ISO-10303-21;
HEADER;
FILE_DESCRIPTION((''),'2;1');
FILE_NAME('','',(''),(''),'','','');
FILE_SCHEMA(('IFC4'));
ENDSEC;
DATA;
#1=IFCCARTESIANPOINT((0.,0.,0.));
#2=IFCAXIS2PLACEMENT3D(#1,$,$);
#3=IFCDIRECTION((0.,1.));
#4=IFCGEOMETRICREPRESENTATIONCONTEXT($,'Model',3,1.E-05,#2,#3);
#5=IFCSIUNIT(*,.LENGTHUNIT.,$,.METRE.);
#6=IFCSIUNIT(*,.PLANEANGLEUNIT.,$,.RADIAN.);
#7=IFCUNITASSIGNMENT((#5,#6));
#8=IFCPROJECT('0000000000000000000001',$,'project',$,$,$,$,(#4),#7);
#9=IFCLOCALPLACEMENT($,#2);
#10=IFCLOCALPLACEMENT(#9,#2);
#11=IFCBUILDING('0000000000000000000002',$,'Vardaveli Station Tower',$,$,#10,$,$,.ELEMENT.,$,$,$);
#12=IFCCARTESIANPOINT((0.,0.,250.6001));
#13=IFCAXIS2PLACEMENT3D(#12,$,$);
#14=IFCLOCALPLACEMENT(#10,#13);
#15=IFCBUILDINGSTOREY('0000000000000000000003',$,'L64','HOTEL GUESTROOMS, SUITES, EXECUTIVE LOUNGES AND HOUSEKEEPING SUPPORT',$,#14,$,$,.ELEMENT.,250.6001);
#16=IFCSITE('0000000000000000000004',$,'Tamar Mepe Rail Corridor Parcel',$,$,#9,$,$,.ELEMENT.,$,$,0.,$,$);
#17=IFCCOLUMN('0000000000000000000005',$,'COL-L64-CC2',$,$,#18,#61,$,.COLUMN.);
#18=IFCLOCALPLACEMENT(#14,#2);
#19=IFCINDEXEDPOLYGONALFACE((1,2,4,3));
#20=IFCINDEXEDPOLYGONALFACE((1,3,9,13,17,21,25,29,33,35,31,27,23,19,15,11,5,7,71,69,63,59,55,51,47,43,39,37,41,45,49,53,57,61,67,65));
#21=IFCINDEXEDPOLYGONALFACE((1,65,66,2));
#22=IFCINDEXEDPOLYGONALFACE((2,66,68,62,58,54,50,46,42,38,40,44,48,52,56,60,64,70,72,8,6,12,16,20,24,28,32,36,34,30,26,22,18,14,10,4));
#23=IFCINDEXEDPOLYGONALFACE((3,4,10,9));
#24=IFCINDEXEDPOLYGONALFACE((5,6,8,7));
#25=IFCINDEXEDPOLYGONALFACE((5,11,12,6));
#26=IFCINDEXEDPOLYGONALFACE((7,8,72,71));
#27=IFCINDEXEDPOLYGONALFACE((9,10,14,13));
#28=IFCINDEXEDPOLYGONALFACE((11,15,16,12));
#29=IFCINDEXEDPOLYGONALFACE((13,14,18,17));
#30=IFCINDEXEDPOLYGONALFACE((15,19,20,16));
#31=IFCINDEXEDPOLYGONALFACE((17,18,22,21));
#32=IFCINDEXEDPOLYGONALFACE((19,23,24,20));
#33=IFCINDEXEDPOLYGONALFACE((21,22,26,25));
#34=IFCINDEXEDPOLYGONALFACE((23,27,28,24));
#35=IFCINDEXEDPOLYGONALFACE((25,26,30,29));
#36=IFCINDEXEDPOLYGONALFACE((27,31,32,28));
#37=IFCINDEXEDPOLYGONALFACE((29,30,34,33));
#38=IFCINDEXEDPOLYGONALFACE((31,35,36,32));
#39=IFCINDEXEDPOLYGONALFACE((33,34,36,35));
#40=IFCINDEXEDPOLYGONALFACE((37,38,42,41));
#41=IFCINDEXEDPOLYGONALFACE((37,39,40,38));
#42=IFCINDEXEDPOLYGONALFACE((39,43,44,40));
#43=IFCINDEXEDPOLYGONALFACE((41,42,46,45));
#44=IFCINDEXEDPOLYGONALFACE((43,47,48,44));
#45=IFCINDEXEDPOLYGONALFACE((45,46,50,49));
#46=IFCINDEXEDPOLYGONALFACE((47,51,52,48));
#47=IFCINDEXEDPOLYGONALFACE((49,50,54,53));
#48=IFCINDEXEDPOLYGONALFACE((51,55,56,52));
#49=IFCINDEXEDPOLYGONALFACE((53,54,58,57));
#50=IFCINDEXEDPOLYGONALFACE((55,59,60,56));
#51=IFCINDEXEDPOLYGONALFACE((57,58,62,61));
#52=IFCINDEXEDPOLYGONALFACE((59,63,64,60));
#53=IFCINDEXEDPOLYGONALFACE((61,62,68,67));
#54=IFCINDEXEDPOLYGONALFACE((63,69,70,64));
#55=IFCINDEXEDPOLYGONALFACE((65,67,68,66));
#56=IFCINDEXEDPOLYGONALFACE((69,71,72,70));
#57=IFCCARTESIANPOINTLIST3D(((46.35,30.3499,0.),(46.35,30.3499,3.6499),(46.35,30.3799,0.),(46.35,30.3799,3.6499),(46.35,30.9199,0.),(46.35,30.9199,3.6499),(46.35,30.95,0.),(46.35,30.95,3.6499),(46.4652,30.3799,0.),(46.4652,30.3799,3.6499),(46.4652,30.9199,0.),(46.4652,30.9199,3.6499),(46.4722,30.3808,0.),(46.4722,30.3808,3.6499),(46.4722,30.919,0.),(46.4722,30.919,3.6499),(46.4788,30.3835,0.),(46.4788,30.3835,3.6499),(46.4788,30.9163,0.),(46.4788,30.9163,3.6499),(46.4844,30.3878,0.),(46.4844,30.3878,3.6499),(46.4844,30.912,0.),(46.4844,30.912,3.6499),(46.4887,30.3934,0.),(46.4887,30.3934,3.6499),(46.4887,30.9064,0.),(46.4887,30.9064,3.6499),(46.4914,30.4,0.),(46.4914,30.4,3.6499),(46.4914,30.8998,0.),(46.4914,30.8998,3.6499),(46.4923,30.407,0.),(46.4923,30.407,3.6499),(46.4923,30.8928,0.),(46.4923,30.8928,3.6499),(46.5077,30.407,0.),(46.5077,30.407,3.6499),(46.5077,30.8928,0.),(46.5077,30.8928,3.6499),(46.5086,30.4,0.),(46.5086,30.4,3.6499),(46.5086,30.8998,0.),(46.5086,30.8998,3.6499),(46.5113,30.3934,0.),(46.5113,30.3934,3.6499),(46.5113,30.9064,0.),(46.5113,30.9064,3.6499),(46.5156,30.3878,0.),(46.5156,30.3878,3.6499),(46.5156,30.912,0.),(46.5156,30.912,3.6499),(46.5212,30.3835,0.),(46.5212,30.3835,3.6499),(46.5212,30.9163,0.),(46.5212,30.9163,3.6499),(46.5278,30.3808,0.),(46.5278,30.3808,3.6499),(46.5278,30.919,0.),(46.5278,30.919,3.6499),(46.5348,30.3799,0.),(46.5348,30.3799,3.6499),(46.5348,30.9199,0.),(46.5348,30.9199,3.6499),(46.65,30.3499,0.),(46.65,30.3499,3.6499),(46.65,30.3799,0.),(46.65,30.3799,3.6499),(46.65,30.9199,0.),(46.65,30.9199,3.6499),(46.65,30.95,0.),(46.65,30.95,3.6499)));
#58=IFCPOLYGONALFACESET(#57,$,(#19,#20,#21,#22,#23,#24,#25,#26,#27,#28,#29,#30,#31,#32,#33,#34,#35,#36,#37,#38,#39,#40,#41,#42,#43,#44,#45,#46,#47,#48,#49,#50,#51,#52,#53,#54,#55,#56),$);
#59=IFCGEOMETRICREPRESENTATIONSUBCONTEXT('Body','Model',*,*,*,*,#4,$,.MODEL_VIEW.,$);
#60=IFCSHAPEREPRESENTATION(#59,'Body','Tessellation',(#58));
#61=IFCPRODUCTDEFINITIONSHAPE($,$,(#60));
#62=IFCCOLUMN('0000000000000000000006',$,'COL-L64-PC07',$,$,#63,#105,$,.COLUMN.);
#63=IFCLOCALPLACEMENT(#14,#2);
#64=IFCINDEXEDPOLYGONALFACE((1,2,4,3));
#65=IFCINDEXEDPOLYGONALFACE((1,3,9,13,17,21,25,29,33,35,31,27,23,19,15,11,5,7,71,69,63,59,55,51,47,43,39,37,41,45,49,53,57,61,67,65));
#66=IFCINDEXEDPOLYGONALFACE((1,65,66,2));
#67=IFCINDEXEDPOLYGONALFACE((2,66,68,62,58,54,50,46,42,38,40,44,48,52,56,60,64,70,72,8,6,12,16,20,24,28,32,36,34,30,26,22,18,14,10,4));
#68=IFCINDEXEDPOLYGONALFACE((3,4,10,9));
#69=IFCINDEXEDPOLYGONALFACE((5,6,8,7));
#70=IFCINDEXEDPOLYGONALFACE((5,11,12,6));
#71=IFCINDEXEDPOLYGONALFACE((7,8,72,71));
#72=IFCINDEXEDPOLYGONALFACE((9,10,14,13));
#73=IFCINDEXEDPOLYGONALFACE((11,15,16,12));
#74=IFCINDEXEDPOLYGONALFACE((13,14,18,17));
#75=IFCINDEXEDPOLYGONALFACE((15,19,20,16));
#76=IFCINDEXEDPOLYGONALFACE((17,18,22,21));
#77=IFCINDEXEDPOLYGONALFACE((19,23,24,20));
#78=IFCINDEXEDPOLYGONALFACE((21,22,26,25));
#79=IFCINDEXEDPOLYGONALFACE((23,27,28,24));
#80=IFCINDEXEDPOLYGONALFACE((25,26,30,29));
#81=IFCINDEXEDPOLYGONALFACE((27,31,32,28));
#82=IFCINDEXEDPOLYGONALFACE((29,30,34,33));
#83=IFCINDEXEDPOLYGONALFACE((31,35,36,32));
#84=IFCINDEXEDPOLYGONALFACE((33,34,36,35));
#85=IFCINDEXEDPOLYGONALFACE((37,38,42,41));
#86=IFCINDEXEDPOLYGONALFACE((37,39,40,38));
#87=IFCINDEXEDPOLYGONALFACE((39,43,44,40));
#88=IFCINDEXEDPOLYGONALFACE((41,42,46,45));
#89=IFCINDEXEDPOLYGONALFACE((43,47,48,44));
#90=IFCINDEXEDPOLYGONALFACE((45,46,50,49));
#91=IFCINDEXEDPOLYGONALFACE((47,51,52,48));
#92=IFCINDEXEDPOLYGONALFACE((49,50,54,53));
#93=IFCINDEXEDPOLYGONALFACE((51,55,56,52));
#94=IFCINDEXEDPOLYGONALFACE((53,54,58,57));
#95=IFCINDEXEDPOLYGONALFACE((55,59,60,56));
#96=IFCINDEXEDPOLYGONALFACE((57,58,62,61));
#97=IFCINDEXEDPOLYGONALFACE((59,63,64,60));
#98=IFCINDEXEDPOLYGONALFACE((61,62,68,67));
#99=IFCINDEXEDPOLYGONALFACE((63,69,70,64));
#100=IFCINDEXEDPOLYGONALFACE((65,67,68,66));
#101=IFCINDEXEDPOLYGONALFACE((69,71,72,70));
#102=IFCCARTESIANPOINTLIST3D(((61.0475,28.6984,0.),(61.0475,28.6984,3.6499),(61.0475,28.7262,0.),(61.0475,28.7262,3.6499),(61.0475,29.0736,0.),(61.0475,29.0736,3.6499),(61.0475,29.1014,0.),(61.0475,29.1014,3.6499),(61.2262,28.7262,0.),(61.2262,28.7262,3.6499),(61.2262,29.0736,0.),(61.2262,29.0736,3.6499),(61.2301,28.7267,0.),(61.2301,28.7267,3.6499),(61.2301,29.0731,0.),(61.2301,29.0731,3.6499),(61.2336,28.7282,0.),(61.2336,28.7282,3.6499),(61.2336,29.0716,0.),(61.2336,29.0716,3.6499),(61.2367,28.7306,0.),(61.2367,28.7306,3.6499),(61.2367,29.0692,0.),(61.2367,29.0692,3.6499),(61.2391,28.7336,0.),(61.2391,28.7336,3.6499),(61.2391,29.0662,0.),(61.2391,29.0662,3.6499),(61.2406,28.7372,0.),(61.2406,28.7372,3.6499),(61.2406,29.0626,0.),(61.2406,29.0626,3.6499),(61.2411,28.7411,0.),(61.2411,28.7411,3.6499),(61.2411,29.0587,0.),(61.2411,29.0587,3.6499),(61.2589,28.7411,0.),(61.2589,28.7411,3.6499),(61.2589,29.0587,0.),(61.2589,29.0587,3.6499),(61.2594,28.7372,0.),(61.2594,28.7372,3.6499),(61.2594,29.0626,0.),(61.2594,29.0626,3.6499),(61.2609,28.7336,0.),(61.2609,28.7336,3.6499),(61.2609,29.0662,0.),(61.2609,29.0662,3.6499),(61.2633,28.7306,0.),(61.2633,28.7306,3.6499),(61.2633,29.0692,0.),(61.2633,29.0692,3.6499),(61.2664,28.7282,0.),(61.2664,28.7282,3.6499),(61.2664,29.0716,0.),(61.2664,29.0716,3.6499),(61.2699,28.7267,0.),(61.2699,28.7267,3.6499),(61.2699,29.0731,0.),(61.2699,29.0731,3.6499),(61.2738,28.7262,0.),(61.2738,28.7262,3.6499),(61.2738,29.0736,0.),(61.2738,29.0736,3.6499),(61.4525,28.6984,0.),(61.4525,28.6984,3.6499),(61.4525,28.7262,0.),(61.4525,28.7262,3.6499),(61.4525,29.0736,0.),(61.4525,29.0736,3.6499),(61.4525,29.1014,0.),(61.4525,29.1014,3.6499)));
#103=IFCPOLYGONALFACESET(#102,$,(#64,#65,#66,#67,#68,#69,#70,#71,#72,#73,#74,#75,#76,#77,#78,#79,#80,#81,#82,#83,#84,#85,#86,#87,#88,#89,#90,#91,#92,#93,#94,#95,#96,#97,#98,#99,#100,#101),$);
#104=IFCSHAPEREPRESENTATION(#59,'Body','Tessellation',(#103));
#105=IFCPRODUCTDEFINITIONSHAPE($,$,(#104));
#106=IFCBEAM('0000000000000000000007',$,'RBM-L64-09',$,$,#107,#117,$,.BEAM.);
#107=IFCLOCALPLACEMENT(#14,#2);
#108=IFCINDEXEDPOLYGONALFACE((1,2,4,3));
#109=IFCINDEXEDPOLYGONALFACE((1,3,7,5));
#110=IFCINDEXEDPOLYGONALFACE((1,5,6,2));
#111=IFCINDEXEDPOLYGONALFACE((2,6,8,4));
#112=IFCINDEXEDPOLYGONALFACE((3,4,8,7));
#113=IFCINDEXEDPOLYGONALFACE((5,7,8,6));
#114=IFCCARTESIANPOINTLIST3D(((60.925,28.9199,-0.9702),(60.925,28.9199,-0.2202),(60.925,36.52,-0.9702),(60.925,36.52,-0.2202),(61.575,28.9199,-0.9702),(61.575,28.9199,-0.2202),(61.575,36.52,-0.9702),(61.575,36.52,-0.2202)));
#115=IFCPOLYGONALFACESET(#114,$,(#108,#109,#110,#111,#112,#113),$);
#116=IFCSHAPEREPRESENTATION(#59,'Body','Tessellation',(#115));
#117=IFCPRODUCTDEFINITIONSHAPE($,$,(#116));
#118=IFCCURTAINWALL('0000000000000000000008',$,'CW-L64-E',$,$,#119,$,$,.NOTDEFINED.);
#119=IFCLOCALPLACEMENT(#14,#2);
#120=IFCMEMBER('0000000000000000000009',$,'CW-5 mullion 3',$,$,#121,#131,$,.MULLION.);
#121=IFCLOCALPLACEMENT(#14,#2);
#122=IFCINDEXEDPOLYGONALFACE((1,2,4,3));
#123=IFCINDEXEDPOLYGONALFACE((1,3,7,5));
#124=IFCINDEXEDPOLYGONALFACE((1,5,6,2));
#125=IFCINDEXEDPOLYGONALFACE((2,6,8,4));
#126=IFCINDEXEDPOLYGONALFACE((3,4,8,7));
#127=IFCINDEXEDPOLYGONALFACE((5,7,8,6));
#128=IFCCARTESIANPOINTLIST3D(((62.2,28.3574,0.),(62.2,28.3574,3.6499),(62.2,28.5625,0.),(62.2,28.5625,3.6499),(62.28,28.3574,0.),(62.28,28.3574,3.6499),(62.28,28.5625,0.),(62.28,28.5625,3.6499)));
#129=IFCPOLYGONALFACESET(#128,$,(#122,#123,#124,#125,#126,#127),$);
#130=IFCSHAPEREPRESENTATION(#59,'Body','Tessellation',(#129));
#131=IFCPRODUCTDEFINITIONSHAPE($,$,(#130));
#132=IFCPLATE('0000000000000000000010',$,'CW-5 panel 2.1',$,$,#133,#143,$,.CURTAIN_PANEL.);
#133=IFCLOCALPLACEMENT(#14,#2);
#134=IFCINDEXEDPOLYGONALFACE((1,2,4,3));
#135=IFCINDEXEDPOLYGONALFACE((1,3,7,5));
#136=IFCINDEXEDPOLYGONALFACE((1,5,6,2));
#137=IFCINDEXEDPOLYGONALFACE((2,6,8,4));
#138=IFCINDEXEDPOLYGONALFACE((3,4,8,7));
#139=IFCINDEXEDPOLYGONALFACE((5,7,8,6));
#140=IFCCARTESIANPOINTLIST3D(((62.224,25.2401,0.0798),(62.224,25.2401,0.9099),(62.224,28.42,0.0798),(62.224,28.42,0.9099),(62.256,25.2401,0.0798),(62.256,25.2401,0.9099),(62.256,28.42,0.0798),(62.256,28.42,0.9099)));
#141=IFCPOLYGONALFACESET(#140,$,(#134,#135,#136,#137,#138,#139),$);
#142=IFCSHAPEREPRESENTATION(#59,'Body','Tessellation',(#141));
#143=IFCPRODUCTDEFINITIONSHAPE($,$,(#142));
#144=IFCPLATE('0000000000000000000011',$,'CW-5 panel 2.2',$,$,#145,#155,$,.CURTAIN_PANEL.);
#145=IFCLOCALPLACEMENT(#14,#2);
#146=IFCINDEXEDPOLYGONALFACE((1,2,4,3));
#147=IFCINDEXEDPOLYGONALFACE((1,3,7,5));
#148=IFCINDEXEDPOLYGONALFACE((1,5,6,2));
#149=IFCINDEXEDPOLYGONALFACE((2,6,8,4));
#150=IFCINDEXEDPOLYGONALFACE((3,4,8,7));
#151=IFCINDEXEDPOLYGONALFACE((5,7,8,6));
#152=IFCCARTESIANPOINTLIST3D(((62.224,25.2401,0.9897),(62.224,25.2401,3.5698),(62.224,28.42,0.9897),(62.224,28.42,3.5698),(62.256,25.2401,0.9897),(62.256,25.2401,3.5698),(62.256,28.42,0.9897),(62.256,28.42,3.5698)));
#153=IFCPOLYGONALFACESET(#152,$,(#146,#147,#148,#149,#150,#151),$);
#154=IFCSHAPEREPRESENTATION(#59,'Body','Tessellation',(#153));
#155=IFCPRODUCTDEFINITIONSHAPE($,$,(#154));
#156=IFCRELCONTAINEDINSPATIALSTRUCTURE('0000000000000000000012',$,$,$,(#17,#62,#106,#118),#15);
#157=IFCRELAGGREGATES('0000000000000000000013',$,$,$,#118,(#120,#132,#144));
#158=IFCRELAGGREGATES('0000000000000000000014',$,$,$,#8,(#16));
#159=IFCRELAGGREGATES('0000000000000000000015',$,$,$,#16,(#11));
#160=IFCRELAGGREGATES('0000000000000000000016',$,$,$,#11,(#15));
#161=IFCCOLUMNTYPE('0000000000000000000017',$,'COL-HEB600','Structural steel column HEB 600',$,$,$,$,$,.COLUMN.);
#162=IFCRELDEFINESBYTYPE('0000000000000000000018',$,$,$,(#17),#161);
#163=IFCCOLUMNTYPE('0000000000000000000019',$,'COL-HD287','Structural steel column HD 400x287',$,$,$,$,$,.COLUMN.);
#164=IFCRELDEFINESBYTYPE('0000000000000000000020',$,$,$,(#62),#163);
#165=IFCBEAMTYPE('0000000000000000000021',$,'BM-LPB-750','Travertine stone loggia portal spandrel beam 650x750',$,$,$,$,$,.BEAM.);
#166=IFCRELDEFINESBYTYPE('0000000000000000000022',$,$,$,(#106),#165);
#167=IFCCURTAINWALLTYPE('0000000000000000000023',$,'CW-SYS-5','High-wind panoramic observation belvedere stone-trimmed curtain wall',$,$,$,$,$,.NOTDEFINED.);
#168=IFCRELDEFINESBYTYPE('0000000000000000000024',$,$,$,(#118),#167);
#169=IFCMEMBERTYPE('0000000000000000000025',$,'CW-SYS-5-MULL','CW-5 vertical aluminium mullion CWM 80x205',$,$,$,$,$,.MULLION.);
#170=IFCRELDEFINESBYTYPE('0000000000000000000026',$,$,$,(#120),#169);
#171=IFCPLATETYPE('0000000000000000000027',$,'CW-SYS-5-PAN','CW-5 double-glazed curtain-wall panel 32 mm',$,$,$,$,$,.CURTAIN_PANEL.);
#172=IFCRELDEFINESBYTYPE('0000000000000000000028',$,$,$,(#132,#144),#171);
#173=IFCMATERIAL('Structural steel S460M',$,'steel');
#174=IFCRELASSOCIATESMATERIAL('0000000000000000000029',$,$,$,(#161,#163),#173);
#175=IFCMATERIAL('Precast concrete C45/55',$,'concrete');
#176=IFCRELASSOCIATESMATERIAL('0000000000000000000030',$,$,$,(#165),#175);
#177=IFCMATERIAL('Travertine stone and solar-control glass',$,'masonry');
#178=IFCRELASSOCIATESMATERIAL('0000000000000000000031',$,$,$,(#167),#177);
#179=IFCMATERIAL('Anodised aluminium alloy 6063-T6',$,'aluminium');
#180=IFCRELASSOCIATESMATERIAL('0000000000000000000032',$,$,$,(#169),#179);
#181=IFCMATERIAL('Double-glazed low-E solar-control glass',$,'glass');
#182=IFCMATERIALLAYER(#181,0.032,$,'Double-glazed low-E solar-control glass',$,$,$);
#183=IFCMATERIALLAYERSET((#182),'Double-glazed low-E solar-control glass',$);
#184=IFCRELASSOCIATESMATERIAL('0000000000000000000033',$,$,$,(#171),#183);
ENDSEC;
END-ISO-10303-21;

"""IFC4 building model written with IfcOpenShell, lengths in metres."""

from ifc_helpers import new_model, si_unit, direction, frame, origin, origin_2d, place, context, subcontext, project, spatial, rectangle, i_section, extrude, source, transform, mapped, material, layer, layer_set, material_profile, profile_set, type_object, element, aggregate, save


model = new_model("IFC4")

# Units and contexts
model_context = context("Model", 3, precision=1e-05, world=origin(), true_north=direction((0.0, 1.0)))
body_context = subcontext(model_context, "Body", "Model", "MODEL_VIEW")
ifc_project = project(units=[si_unit("LENGTHUNIT", "METRE"), si_unit("PLANEANGLEUNIT", "RADIAN")], contexts=[model_context])

# Site, building, storey
site_placement = place(None, origin())
site = spatial("IfcSite", under=ifc_project, at=site_placement, Name="Tamar Mepe Rail Corridor Parcel", CompositionType="ELEMENT", RefElevation=0.0)
building_placement = place(site_placement, origin())
building = spatial("IfcBuilding", under=site, at=building_placement, Name="Vardaveli Station Tower", CompositionType="ELEMENT")
storey_placement = place(building_placement, frame((0.0, 0.0, 250.6001)))
storey = spatial("IfcBuildingStorey", under=building, at=storey_placement, Name="L64", Description="HOTEL GUESTROOMS, SUITES, EXECUTIVE LOUNGES AND HOUSEKEEPING SUPPORT", CompositionType="ELEMENT", Elevation=250.6001)

# Columns
ifc_material_1 = material(Name="Structural steel S460M", Category="steel")
ifc_material_profile_1 = material_profile(ifc_material_1, i_section(OverallWidth=0.3, OverallDepth=0.6001, WebThickness=0.0154, FlangeThickness=0.03, FilletRadius=0.0271, at=origin_2d()), Name="HEB 600")
ifc_profile_set_1 = profile_set([ifc_material_profile_1], Name="Structural steel S460M")
column_type_1 = type_object("IfcColumnType", Name="COL-HEB600", Description="Structural steel column HEB 600", PredefinedType="COLUMN", material=ifc_profile_set_1)
shared_shape_1 = source(origin(), body_context, "Body", "SweptSolid", [
    extrude(i_section(OverallWidth=0.3, OverallDepth=0.6001, WebThickness=0.0154, FlangeThickness=0.03, FilletRadius=0.0271, at=origin_2d()), origin(), (0.0, 0.0, 1.0), 3.6499),
])
column_1_placement = place(storey_placement, frame((46.5, 30.6499, 0.0), z_axis=(0.0, 0.0, 1.0), x_axis=(1.0, 0.0, 0.0)))
element("IfcColumn", 1, at=column_1_placement, inside=storey, type_object=column_type_1, Name="COL-L64-CC2", PredefinedType="COLUMN", context=body_context, shape_type="MappedRepresentation", body=[
    mapped(shared_shape_1, transform((0.0, 0.0, 0.0), scale=1.0)),
])
ifc_material_profile_2 = material_profile(ifc_material_1, i_section(OverallWidth=0.405, OverallDepth=0.4031, WebThickness=0.0178, FlangeThickness=0.0278, FilletRadius=0.0149, at=origin_2d()), Name="HD 400x287")
ifc_profile_set_2 = profile_set([ifc_material_profile_2], Name="Structural steel S460M")
column_type_2 = type_object("IfcColumnType", Name="COL-HD287", Description="Structural steel column HD 400x287", PredefinedType="COLUMN", material=ifc_profile_set_2)
shared_shape_2 = source(origin(), body_context, "Body", "SweptSolid", [
    extrude(i_section(OverallWidth=0.405, OverallDepth=0.4031, WebThickness=0.0178, FlangeThickness=0.0278, FilletRadius=0.0149, at=origin_2d()), origin(), (0.0, 0.0, 1.0), 3.6499),
])
column_2_placement = place(storey_placement, frame((61.25, 28.8999, 0.0), z_axis=(0.0, 0.0, 1.0), x_axis=(1.0, 0.0, 0.0)))
element("IfcColumn", 2, at=column_2_placement, inside=storey, type_object=column_type_2, Name="COL-L64-PC07", PredefinedType="COLUMN", context=body_context, shape_type="MappedRepresentation", body=[
    mapped(shared_shape_2, transform((0.0, 0.0, 0.0), scale=1.0)),
])

# Beam
ifc_material_2 = material(Name="Precast concrete C45/55", Category="concrete")
ifc_material_profile_3 = material_profile(ifc_material_2, rectangle(XDim=0.6499, YDim=0.75, at=origin_2d()), Name="LPB 650x750")
ifc_profile_set_3 = profile_set([ifc_material_profile_3], Name="Precast concrete C45/55")
beam_type = type_object("IfcBeamType", Name="BM-LPB-750", Description="Travertine stone loggia portal spandrel beam 650x750", PredefinedType="BEAM", material=ifc_profile_set_3)
shared_shape_3 = source(origin(), body_context, "Body", "SweptSolid", [
    extrude(rectangle(XDim=0.6499, YDim=0.75, at=origin_2d()), origin(), (0.0, 0.0, 1.0), 7.6001),
])
beam_placement = place(storey_placement, frame((61.25, 28.9199, -0.5952), z_axis=(0.0, 1.0, 0.0), x_axis=(-1.0, 0.0, 0.0)))
element("IfcBeam", 3, at=beam_placement, inside=storey, type_object=beam_type, Name="RBM-L64-09", PredefinedType="BEAM", context=body_context, shape_type="MappedRepresentation", body=[
    mapped(shared_shape_3, transform((0.0, 0.0, 0.0), scale=1.0)),
])

# Curtain wall, member, plates
ifc_material_3 = material(Name="Travertine stone and solar-control glass", Category="masonry")
curtain_wall_type = type_object("IfcCurtainWallType", Name="CW-SYS-5", Description="High-wind panoramic observation belvedere stone-trimmed curtain wall", PredefinedType="NOTDEFINED", material=ifc_material_3)
curtain_wall_placement = place(storey_placement, origin())
curtain_wall = element("IfcCurtainWall", 4, at=curtain_wall_placement, inside=storey, type_object=curtain_wall_type, Name="CW-L64-E", PredefinedType="NOTDEFINED")
ifc_material_4 = material(Name="Anodised aluminium alloy 6063-T6", Category="aluminium")
ifc_material_profile_4 = material_profile(ifc_material_4, rectangle(XDim=0.0801, YDim=0.2051, at=origin_2d()), Name="CWM 80x205")
ifc_profile_set_4 = profile_set([ifc_material_profile_4], Name="Anodised aluminium alloy 6063-T6")
member_type = type_object("IfcMemberType", Name="CW-SYS-5-MULL", Description="CW-5 vertical aluminium mullion CWM 80x205", PredefinedType="MULLION", material=ifc_profile_set_4)
shared_shape_4 = source(origin(), body_context, "Body", "SweptSolid", [
    extrude(rectangle(XDim=0.0801, YDim=0.2051, at=origin_2d()), origin(), (0.0, 0.0, 1.0), 3.6499),
])
member_placement = place(storey_placement, frame((62.24, 28.46, 0.0), z_axis=(0.0, 0.0, 1.0), x_axis=(-1.0, 0.0, 0.0)))
member = element("IfcMember", 5, at=member_placement, type_object=member_type, Name="CW-5 mullion 3", PredefinedType="MULLION", context=body_context, shape_type="MappedRepresentation", body=[
    mapped(shared_shape_4, transform((0.0, 0.0, 0.0), scale=1.0)),
])
ifc_material_5 = material(Name="Double-glazed low-E solar-control glass", Category="glass")
ifc_layer_1 = layer(ifc_material_5, 0.032, Name="Double-glazed low-E solar-control glass")
ifc_layer_set_1 = layer_set([ifc_layer_1], Name="Double-glazed low-E solar-control glass")
plate_type = type_object("IfcPlateType", Name="CW-SYS-5-PAN", Description="CW-5 double-glazed curtain-wall panel 32 mm", PredefinedType="CURTAIN_PANEL", material=ifc_layer_set_1)
shared_shape_5 = source(origin(), body_context, "Body", "SweptSolid", [
    extrude(rectangle(XDim=3.1799, YDim=0.032, at=origin_2d()), origin(), (0.0, 0.0, 1.0), 0.8301),
])
plate_1_placement = place(storey_placement, frame((62.24, 26.8301, 0.0798), z_axis=(0.0, 0.0, 1.0), x_axis=(0.0, 1.0, 0.0)))
plate_1 = element("IfcPlate", 6, at=plate_1_placement, type_object=plate_type, Name="CW-5 panel 2.1", PredefinedType="CURTAIN_PANEL", context=body_context, shape_type="MappedRepresentation", body=[
    mapped(shared_shape_5, transform((0.0, 0.0, 0.0), scale=1.0)),
])
shared_shape_6 = source(origin(), body_context, "Body", "SweptSolid", [
    extrude(rectangle(XDim=3.1799, YDim=0.032, at=origin_2d()), origin(), (0.0, 0.0, 1.0), 2.5801),
])
plate_2_placement = place(storey_placement, frame((62.24, 26.8301, 0.9897), z_axis=(0.0, 0.0, 1.0), x_axis=(0.0, 1.0, 0.0)))
plate_2 = element("IfcPlate", 7, at=plate_2_placement, type_object=plate_type, Name="CW-5 panel 2.2", PredefinedType="CURTAIN_PANEL", context=body_context, shape_type="MappedRepresentation", body=[
    mapped(shared_shape_6, transform((0.0, 0.0, 0.0), scale=1.0)),
])
aggregate(curtain_wall, [member, plate_1, plate_2])

save(model, "model.ifc")
